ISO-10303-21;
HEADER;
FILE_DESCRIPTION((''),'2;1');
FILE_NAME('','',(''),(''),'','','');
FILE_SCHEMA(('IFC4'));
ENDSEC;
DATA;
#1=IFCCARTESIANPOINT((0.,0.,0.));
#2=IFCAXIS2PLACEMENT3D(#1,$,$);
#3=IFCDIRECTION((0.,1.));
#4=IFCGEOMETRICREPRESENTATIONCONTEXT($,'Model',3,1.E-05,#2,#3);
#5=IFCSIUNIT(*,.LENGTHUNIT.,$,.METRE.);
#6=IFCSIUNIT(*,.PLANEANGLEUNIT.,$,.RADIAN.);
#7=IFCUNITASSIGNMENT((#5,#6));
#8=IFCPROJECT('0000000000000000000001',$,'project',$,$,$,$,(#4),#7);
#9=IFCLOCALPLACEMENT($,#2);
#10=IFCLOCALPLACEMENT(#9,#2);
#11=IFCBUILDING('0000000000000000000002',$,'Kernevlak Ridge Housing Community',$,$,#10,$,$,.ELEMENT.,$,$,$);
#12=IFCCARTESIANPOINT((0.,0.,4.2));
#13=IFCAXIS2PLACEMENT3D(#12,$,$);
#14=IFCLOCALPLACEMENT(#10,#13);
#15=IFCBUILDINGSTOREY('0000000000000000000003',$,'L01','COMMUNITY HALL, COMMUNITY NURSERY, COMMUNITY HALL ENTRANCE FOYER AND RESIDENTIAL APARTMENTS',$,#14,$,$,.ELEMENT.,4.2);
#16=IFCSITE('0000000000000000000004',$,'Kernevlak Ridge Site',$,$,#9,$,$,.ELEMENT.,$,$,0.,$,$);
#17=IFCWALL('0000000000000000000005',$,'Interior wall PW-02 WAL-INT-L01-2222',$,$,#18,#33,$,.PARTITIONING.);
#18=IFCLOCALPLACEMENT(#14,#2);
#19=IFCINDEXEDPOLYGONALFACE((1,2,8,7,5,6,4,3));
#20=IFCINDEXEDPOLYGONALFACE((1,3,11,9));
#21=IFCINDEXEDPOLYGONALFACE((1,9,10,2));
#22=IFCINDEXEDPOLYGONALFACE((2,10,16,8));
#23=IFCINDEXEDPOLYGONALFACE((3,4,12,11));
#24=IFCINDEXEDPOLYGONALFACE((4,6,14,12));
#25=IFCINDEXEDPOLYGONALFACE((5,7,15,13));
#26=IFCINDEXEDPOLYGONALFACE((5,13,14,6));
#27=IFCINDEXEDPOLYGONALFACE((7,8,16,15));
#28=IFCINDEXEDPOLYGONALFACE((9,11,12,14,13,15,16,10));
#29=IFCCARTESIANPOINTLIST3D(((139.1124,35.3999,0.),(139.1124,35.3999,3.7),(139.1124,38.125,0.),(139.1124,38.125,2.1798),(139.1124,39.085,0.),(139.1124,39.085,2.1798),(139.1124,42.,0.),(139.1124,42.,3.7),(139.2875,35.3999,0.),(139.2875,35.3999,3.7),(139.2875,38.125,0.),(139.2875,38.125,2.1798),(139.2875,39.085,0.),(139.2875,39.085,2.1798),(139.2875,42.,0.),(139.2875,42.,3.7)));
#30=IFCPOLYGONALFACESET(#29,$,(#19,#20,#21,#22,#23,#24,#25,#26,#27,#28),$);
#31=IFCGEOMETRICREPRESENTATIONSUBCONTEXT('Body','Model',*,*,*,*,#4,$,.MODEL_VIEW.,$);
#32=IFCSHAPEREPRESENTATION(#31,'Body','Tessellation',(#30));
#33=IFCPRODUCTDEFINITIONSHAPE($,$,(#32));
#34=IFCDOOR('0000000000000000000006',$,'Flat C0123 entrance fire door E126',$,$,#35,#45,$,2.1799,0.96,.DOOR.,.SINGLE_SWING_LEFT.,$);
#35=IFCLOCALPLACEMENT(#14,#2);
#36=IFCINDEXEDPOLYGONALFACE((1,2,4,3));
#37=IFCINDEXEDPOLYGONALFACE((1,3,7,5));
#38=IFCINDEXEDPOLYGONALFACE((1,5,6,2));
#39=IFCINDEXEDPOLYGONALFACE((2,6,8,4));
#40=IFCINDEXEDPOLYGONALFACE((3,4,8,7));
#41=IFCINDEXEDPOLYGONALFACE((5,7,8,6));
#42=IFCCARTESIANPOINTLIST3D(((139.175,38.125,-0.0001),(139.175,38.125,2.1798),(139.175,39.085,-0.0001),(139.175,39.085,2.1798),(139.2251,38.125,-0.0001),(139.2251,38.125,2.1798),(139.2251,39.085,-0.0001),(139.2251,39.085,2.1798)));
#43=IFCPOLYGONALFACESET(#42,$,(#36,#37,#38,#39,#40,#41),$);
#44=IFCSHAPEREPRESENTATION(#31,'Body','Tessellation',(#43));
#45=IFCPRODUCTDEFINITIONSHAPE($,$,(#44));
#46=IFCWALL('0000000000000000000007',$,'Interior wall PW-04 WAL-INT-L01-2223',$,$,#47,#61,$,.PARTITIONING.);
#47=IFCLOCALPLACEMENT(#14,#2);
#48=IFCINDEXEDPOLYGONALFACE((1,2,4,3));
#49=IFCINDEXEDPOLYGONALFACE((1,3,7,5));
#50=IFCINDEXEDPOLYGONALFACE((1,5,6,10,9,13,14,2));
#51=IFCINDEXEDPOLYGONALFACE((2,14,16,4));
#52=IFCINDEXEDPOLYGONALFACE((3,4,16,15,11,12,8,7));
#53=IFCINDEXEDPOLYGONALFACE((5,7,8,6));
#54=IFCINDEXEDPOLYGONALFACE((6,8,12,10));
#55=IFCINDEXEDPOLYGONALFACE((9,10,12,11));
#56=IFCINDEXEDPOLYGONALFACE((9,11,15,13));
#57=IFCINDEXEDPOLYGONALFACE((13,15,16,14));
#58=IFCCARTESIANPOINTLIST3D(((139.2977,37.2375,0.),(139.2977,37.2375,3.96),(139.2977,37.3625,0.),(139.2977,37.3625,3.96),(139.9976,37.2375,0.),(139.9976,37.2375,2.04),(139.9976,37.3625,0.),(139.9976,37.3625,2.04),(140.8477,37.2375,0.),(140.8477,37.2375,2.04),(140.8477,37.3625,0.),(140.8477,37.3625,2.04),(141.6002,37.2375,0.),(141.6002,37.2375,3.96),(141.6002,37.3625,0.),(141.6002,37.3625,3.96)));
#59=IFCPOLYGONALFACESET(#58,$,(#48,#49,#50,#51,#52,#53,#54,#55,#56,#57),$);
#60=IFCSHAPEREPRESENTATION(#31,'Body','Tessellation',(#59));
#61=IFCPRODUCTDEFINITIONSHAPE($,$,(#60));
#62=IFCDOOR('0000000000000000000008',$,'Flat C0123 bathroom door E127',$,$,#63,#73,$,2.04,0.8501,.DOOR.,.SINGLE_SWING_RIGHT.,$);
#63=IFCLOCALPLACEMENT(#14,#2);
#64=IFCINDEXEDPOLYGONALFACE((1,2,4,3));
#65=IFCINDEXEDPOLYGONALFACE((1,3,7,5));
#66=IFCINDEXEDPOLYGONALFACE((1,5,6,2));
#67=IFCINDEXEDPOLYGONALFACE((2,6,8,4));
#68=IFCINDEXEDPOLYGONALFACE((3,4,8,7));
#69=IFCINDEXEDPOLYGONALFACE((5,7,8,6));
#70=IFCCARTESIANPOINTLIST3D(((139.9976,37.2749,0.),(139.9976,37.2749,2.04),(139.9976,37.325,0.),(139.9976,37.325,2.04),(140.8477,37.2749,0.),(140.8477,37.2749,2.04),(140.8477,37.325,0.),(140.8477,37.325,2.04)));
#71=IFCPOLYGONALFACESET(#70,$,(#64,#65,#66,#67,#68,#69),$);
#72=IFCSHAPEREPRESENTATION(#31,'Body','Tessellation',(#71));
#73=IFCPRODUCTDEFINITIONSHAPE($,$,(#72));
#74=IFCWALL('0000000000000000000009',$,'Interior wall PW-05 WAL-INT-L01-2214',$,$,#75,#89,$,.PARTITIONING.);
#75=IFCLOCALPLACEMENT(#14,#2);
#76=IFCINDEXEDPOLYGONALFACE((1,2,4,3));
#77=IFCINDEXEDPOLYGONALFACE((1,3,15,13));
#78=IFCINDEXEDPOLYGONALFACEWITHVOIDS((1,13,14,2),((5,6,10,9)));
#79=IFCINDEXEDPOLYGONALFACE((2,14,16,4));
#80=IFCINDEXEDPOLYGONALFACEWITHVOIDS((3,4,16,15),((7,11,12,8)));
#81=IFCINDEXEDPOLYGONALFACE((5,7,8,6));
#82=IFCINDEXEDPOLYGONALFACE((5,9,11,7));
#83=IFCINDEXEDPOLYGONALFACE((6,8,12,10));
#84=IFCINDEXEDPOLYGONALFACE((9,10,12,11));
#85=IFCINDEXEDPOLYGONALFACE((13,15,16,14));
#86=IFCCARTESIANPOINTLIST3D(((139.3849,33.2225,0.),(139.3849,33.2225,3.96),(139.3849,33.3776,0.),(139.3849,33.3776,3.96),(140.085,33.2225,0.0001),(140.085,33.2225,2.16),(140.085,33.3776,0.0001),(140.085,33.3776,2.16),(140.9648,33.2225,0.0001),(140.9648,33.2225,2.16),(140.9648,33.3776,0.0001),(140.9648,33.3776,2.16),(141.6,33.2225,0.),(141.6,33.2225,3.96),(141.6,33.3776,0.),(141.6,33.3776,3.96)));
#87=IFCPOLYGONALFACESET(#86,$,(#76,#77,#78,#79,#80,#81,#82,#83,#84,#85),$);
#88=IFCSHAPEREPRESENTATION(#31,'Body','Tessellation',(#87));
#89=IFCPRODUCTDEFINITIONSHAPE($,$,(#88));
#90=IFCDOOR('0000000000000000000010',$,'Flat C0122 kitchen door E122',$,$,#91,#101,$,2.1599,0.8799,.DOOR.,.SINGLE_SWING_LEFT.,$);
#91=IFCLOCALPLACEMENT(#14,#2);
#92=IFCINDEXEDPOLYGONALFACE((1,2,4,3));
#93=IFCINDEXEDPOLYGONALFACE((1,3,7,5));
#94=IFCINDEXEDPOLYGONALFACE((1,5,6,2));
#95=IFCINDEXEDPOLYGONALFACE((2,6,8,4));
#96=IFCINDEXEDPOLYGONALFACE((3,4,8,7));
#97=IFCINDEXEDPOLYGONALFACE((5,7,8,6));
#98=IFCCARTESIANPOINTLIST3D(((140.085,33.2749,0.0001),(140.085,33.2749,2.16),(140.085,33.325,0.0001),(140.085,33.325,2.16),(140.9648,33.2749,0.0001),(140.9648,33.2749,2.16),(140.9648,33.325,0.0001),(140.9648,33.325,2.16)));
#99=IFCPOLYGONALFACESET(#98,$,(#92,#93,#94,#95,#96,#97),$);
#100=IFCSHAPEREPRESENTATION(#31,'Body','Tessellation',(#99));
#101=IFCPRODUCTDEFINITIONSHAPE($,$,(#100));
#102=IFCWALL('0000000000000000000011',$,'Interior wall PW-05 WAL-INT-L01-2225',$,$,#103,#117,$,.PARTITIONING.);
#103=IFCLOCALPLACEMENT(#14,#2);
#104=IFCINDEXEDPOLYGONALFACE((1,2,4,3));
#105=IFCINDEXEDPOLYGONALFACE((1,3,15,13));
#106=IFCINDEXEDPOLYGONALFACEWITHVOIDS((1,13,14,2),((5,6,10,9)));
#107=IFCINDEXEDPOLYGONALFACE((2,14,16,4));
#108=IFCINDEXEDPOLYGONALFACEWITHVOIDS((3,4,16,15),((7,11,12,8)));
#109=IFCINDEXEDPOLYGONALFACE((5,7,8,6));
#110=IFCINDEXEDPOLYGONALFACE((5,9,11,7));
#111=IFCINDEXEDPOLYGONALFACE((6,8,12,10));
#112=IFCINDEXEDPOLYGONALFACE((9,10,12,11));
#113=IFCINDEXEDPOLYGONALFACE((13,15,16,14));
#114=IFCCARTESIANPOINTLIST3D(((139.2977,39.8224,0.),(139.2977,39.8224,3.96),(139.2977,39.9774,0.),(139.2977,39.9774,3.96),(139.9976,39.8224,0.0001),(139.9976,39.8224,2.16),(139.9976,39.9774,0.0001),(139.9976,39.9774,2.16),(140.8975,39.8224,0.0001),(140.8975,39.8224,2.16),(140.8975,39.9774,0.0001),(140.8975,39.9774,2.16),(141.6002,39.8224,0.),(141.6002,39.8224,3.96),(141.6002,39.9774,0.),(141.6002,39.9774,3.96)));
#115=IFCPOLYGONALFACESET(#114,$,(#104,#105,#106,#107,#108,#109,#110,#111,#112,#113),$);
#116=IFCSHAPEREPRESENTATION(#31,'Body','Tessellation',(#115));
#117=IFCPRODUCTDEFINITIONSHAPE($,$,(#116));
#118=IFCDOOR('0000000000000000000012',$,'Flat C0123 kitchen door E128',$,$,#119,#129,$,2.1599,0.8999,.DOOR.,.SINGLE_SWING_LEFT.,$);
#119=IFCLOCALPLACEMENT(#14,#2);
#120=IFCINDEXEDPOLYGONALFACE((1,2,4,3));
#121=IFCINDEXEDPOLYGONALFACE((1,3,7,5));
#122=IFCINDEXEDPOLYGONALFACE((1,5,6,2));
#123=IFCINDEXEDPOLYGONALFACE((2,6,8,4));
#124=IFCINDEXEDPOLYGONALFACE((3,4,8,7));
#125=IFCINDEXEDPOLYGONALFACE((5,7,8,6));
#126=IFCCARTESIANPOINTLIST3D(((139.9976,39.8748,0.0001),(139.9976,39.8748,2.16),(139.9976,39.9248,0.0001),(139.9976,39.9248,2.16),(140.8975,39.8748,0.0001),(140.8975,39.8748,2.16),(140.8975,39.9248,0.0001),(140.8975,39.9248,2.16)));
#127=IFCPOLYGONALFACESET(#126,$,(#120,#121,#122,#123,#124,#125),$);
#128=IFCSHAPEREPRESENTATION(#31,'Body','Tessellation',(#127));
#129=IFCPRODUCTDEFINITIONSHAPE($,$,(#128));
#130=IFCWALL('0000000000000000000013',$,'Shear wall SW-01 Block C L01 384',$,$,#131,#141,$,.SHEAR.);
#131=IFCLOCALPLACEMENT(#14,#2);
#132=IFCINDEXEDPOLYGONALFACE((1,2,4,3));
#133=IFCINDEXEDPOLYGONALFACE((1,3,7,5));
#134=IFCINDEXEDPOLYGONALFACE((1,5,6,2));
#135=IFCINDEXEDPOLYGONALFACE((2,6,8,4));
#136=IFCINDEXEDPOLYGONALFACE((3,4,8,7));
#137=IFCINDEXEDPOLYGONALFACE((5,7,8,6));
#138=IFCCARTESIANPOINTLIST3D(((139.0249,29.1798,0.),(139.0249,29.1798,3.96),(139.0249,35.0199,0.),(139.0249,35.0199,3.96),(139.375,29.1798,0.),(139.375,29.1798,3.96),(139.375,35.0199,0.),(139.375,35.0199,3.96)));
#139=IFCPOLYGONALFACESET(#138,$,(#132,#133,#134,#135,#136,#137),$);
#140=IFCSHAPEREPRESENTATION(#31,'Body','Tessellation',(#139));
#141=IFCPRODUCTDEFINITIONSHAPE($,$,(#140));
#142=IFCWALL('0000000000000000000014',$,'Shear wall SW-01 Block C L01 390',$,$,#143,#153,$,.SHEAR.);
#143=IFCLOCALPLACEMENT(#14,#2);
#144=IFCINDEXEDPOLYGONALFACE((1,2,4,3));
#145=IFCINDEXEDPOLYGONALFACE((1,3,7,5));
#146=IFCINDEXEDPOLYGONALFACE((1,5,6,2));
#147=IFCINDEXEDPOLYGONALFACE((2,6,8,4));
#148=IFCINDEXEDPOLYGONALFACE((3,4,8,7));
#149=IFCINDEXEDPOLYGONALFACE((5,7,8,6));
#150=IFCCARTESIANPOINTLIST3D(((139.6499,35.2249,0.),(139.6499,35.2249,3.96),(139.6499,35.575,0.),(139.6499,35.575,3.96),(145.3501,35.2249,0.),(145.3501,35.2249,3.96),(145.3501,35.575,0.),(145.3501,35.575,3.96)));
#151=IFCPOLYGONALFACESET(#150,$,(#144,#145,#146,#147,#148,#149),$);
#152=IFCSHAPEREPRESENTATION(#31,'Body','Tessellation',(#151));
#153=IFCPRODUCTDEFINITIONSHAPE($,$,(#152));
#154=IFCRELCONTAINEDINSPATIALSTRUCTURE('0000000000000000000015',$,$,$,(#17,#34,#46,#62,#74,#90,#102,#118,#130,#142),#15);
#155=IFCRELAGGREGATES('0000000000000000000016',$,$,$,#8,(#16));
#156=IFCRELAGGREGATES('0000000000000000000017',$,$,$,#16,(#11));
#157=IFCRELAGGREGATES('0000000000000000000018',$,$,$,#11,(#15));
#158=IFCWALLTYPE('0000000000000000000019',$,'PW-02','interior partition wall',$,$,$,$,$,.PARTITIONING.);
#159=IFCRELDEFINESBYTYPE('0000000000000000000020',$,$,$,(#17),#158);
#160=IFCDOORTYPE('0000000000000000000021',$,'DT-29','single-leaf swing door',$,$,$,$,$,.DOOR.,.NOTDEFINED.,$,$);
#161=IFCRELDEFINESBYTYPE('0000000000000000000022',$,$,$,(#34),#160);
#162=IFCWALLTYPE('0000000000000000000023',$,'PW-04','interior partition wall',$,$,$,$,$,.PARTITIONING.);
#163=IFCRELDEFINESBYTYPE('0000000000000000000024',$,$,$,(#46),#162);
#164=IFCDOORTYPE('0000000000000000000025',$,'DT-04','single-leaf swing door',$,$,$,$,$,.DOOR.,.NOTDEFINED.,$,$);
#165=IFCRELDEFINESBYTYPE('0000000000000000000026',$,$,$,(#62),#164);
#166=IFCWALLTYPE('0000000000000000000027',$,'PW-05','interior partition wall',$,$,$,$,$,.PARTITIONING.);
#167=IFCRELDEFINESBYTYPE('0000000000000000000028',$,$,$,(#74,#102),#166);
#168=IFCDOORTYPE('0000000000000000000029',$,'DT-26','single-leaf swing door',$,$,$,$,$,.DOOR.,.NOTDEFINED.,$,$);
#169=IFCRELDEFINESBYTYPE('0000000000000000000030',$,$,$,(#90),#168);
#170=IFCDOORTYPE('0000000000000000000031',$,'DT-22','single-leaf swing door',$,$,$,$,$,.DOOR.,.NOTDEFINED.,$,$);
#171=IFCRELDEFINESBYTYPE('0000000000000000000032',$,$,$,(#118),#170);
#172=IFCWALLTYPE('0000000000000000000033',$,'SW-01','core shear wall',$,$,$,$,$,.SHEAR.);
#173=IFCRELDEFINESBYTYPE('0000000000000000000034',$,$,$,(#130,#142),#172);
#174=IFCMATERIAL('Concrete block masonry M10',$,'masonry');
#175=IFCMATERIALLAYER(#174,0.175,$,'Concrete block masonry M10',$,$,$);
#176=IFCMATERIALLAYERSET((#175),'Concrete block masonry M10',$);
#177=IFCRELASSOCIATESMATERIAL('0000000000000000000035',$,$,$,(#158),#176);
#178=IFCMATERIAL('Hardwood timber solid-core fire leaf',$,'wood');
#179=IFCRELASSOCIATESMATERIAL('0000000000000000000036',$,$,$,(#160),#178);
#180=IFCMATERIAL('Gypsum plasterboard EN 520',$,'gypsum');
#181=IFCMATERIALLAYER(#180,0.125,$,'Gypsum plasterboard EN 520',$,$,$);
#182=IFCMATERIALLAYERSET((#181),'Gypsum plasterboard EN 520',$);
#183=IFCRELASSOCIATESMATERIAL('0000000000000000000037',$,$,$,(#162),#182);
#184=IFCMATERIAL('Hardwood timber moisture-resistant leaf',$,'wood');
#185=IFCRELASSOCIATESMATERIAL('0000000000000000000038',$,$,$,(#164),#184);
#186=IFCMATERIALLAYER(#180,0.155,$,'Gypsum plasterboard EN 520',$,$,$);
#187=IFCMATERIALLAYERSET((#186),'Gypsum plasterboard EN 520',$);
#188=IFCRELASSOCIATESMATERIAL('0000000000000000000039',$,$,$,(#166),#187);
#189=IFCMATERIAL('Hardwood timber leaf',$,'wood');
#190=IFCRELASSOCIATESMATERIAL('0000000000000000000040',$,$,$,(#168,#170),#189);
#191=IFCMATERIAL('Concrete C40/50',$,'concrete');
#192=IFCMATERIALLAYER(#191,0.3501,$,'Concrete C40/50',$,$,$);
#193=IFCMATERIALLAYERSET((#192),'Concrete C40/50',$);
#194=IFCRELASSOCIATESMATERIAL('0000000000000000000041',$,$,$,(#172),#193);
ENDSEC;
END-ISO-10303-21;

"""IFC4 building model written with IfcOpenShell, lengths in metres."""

from ifc_helpers import new_model, si_unit, direction, frame, frame_2d, origin, place, context, subcontext, project, spatial, rectangle, extrude, material, layer, layer_set, type_object, element, fill, save


model = new_model("IFC4")

# Units and contexts
model_context = context("Model", 3, precision=1e-05, world=origin(), true_north=direction((0.0, 1.0)))
body_context = subcontext(model_context, "Body", "Model", "MODEL_VIEW")
ifc_project = project(units=[si_unit("LENGTHUNIT", "METRE"), si_unit("PLANEANGLEUNIT", "RADIAN")], contexts=[model_context])

# Site, building, storey
site_placement = place(None, origin())
site = spatial("IfcSite", under=ifc_project, at=site_placement, Name="Kernevlak Ridge Site", CompositionType="ELEMENT", RefElevation=0.0)
building_placement = place(site_placement, origin())
building = spatial("IfcBuilding", under=site, at=building_placement, Name="Kernevlak Ridge Housing Community", CompositionType="ELEMENT")
storey_placement = place(building_placement, frame((0.0, 0.0, 4.2)))
storey = spatial("IfcBuildingStorey", under=building, at=storey_placement, Name="L01", Description="COMMUNITY HALL, COMMUNITY NURSERY, COMMUNITY HALL ENTRANCE FOYER AND RESIDENTIAL APARTMENTS", CompositionType="ELEMENT", Elevation=4.2)

# Shared definitions
ifc_material_1 = material(Name="Concrete C40/50", Category="concrete")

# Shared definitions
ifc_material_2 = material(Name="Concrete block masonry M10", Category="masonry")

# Walls, openings, doors
ifc_layer_1 = layer(ifc_material_2, 0.175, Name="Concrete block masonry M10")
ifc_layer_set_1 = layer_set([ifc_layer_1], Name="Concrete block masonry M10")
wall_type_1 = type_object("IfcWallType", Name="PW-02", Description="interior partition wall", PredefinedType="PARTITIONING", material=ifc_layer_set_1)
wall_1_placement = place(storey_placement, frame((139.2, 35.3999, 0.0), z_axis=(0.0, 0.0, 1.0), x_axis=(0.0, 1.0, 0.0)))
wall_1 = element("IfcWall", 1, at=wall_1_placement, inside=storey, type_object=wall_type_1, Name="Interior wall PW-02 WAL-INT-L01-2222", PredefinedType="PARTITIONING", context=body_context, shape_type="SweptSolid", body=[
    extrude(rectangle(XDim=6.6001, YDim=0.175, at=frame_2d((3.3, 0.0))), origin(), (0.0, 0.0, 1.0), 3.7),
])
opening_1_placement = place(wall_1_placement, frame((2.7251, 0.0, 0.0)))
opening_1 = element("IfcOpeningElement", 2, at=opening_1_placement, cuts=wall_1, PredefinedType="OPENING", context=body_context, shape_type="SweptSolid", body=[
    extrude(rectangle(XDim=0.96, YDim=2.1799, at=frame_2d((0.48, 1.0898))), frame((0.0, 0.0974, 0.0), z_axis=(0.0, -1.0, 0.0), x_axis=(1.0, 0.0, 0.0)), (0.0, 0.0, 1.0), 0.1951),
])
ifc_material_3 = material(Name="Hardwood timber solid-core fire leaf", Category="wood")
door_type_1 = type_object("IfcDoorType", Name="DT-29", Description="single-leaf swing door", OperationType="NOTDEFINED", PredefinedType="DOOR", material=ifc_material_3)
door_1_placement = place(opening_1_placement, origin())
door_1 = element("IfcDoor", 3, at=door_1_placement, inside=storey, type_object=door_type_1, Name="Flat C0123 entrance fire door E126", OperationType="SINGLE_SWING_LEFT", OverallHeight=2.1799, OverallWidth=0.96, PredefinedType="DOOR", context=body_context, shape_type="SweptSolid", body=[
    extrude(rectangle(XDim=0.96, YDim=2.1799, at=frame_2d((0.48, 1.0898))), frame((0.0, 0.0249, 0.0), z_axis=(0.0, -1.0, 0.0), x_axis=(1.0, 0.0, 0.0)), (0.0, 0.0, 1.0), 0.05),
])
fill(opening_1, door_1)
ifc_material_4 = material(Name="Gypsum plasterboard EN 520", Category="gypsum")
ifc_layer_2 = layer(ifc_material_4, 0.125, Name="Gypsum plasterboard EN 520")
ifc_layer_set_2 = layer_set([ifc_layer_2], Name="Gypsum plasterboard EN 520")
wall_type_2 = type_object("IfcWallType", Name="PW-04", Description="interior partition wall", PredefinedType="PARTITIONING", material=ifc_layer_set_2)
wall_2_placement = place(storey_placement, frame((139.2976, 37.3, 0.0), z_axis=(0.0, 0.0, 1.0), x_axis=(1.0, 0.0, 0.0)))
wall_2 = element("IfcWall", 4, at=wall_2_placement, inside=storey, type_object=wall_type_2, Name="Interior wall PW-04 WAL-INT-L01-2223", PredefinedType="PARTITIONING", context=body_context, shape_type="SweptSolid", body=[
    extrude(rectangle(XDim=2.3025, YDim=0.125, at=frame_2d((1.1514, 0.0))), origin(), (0.0, 0.0, 1.0), 3.96),
])
opening_2_placement = place(wall_2_placement, frame((0.7, 0.0, 0.0)))
opening_2 = element("IfcOpeningElement", 5, at=opening_2_placement, cuts=wall_2, PredefinedType="OPENING", context=body_context, shape_type="SweptSolid", body=[
    extrude(rectangle(XDim=0.8501, YDim=2.04, at=frame_2d((0.425, 1.02))), frame((0.0, 0.0725, 0.0), z_axis=(0.0, -1.0, 0.0), x_axis=(1.0, 0.0, 0.0)), (0.0, 0.0, 1.0), 0.145),
])
ifc_material_5 = material(Name="Hardwood timber moisture-resistant leaf", Category="wood")
door_type_2 = type_object("IfcDoorType", Name="DT-04", Description="single-leaf swing door", OperationType="NOTDEFINED", PredefinedType="DOOR", material=ifc_material_5)
door_2_placement = place(opening_2_placement, origin())
door_2 = element("IfcDoor", 6, at=door_2_placement, inside=storey, type_object=door_type_2, Name="Flat C0123 bathroom door E127", OperationType="SINGLE_SWING_RIGHT", OverallHeight=2.04, OverallWidth=0.8501, PredefinedType="DOOR", context=body_context, shape_type="SweptSolid", body=[
    extrude(rectangle(XDim=0.8501, YDim=2.04, at=frame_2d((0.425, 1.02))), frame((0.0, 0.0249, 0.0), z_axis=(0.0, -1.0, 0.0), x_axis=(1.0, 0.0, 0.0)), (0.0, 0.0, 1.0), 0.05),
])
fill(opening_2, door_2)
ifc_layer_3 = layer(ifc_material_4, 0.155, Name="Gypsum plasterboard EN 520")
ifc_layer_set_3 = layer_set([ifc_layer_3], Name="Gypsum plasterboard EN 520")
wall_type_3 = type_object("IfcWallType", Name="PW-05", Description="interior partition wall", PredefinedType="PARTITIONING", material=ifc_layer_set_3)
wall_3_placement = place(storey_placement, frame((139.385, 33.3, 0.0), z_axis=(0.0, 0.0, 1.0), x_axis=(1.0, 0.0, 0.0)))
wall_3 = element("IfcWall", 7, at=wall_3_placement, inside=storey, type_object=wall_type_3, Name="Interior wall PW-05 WAL-INT-L01-2214", PredefinedType="PARTITIONING", context=body_context, shape_type="SweptSolid", body=[
    extrude(rectangle(XDim=2.2151, YDim=0.155, at=frame_2d((1.1074, 0.0))), origin(), (0.0, 0.0, 1.0), 3.96),
])
opening_3_placement = place(wall_3_placement, frame((0.7, 0.0, 0.0)))
opening_3 = element("IfcOpeningElement", 8, at=opening_3_placement, cuts=wall_3, PredefinedType="OPENING", context=body_context, shape_type="SweptSolid", body=[
    extrude(rectangle(XDim=0.8799, YDim=2.1599, at=frame_2d((0.4399, 1.0801))), frame((0.0, 0.0874, 0.0), z_axis=(0.0, -1.0, 0.0), x_axis=(1.0, 0.0, 0.0)), (0.0, 0.0, 1.0), 0.175),
])
ifc_material_6 = material(Name="Hardwood timber leaf", Category="wood")
door_type_3 = type_object("IfcDoorType", Name="DT-26", Description="single-leaf swing door", OperationType="NOTDEFINED", PredefinedType="DOOR", material=ifc_material_6)
door_3_placement = place(opening_3_placement, origin())
door_3 = element("IfcDoor", 9, at=door_3_placement, inside=storey, type_object=door_type_3, Name="Flat C0122 kitchen door E122", OperationType="SINGLE_SWING_LEFT", OverallHeight=2.1599, OverallWidth=0.8799, PredefinedType="DOOR", context=body_context, shape_type="SweptSolid", body=[
    extrude(rectangle(XDim=0.8799, YDim=2.1599, at=frame_2d((0.4399, 1.0801))), frame((0.0, 0.0249, 0.0), z_axis=(0.0, -1.0, 0.0), x_axis=(1.0, 0.0, 0.0)), (0.0, 0.0, 1.0), 0.05),
])
fill(opening_3, door_3)
wall_4_placement = place(storey_placement, frame((139.2976, 39.8999, 0.0), z_axis=(0.0, 0.0, 1.0), x_axis=(1.0, 0.0, 0.0)))
wall_4 = element("IfcWall", 10, at=wall_4_placement, inside=storey, type_object=wall_type_3, Name="Interior wall PW-05 WAL-INT-L01-2225", PredefinedType="PARTITIONING", context=body_context, shape_type="SweptSolid", body=[
    extrude(rectangle(XDim=2.3025, YDim=0.155, at=frame_2d((1.1514, 0.0))), origin(), (0.0, 0.0, 1.0), 3.96),
])
opening_4_placement = place(wall_4_placement, frame((0.7, 0.0, 0.0)))
opening_4 = element("IfcOpeningElement", 11, at=opening_4_placement, cuts=wall_4, PredefinedType="OPENING", context=body_context, shape_type="SweptSolid", body=[
    extrude(rectangle(XDim=0.8999, YDim=2.1599, at=frame_2d((0.45, 1.0801))), frame((0.0, 0.0874, 0.0), z_axis=(0.0, -1.0, 0.0), x_axis=(1.0, 0.0, 0.0)), (0.0, 0.0, 1.0), 0.175),
])
door_type_4 = type_object("IfcDoorType", Name="DT-22", Description="single-leaf swing door", OperationType="NOTDEFINED", PredefinedType="DOOR", material=ifc_material_6)
door_4_placement = place(opening_4_placement, origin())
door_4 = element("IfcDoor", 12, at=door_4_placement, inside=storey, type_object=door_type_4, Name="Flat C0123 kitchen door E128", OperationType="SINGLE_SWING_LEFT", OverallHeight=2.1599, OverallWidth=0.8999, PredefinedType="DOOR", context=body_context, shape_type="SweptSolid", body=[
    extrude(rectangle(XDim=0.8999, YDim=2.1599, at=frame_2d((0.45, 1.0801))), frame((0.0, 0.0249, 0.0), z_axis=(0.0, -1.0, 0.0), x_axis=(1.0, 0.0, 0.0)), (0.0, 0.0, 1.0), 0.05),
])
fill(opening_4, door_4)

# Walls
ifc_layer_4 = layer(ifc_material_1, 0.3501, Name="Concrete C40/50")
ifc_layer_set_4 = layer_set([ifc_layer_4], Name="Concrete C40/50")
wall_type_4 = type_object("IfcWallType", Name="SW-01", Description="core shear wall", PredefinedType="SHEAR", material=ifc_layer_set_4)
wall_5_placement = place(storey_placement, frame((139.2, 29.1799, 0.0), z_axis=(0.0, 0.0, 1.0), x_axis=(0.0, 1.0, 0.0)))
element("IfcWall", 13, at=wall_5_placement, inside=storey, type_object=wall_type_4, Name="Shear wall SW-01 Block C L01 384", PredefinedType="SHEAR", context=body_context, shape_type="SweptSolid", body=[
    extrude(rectangle(XDim=5.8401, YDim=0.3501, at=frame_2d((2.9199, 0.0))), origin(), (0.0, 0.0, 1.0), 3.96),
])
wall_6_placement = place(storey_placement, frame((139.6499, 35.3999, 0.0), z_axis=(0.0, 0.0, 1.0), x_axis=(1.0, 0.0, 0.0)))
element("IfcWall", 14, at=wall_6_placement, inside=storey, type_object=wall_type_4, Name="Shear wall SW-01 Block C L01 390", PredefinedType="SHEAR", context=body_context, shape_type="SweptSolid", body=[
    extrude(rectangle(XDim=5.7002, YDim=0.3501, at=frame_2d((2.8501, 0.0))), origin(), (0.0, 0.0, 1.0), 3.96),
])

save(model, "model.ifc")
